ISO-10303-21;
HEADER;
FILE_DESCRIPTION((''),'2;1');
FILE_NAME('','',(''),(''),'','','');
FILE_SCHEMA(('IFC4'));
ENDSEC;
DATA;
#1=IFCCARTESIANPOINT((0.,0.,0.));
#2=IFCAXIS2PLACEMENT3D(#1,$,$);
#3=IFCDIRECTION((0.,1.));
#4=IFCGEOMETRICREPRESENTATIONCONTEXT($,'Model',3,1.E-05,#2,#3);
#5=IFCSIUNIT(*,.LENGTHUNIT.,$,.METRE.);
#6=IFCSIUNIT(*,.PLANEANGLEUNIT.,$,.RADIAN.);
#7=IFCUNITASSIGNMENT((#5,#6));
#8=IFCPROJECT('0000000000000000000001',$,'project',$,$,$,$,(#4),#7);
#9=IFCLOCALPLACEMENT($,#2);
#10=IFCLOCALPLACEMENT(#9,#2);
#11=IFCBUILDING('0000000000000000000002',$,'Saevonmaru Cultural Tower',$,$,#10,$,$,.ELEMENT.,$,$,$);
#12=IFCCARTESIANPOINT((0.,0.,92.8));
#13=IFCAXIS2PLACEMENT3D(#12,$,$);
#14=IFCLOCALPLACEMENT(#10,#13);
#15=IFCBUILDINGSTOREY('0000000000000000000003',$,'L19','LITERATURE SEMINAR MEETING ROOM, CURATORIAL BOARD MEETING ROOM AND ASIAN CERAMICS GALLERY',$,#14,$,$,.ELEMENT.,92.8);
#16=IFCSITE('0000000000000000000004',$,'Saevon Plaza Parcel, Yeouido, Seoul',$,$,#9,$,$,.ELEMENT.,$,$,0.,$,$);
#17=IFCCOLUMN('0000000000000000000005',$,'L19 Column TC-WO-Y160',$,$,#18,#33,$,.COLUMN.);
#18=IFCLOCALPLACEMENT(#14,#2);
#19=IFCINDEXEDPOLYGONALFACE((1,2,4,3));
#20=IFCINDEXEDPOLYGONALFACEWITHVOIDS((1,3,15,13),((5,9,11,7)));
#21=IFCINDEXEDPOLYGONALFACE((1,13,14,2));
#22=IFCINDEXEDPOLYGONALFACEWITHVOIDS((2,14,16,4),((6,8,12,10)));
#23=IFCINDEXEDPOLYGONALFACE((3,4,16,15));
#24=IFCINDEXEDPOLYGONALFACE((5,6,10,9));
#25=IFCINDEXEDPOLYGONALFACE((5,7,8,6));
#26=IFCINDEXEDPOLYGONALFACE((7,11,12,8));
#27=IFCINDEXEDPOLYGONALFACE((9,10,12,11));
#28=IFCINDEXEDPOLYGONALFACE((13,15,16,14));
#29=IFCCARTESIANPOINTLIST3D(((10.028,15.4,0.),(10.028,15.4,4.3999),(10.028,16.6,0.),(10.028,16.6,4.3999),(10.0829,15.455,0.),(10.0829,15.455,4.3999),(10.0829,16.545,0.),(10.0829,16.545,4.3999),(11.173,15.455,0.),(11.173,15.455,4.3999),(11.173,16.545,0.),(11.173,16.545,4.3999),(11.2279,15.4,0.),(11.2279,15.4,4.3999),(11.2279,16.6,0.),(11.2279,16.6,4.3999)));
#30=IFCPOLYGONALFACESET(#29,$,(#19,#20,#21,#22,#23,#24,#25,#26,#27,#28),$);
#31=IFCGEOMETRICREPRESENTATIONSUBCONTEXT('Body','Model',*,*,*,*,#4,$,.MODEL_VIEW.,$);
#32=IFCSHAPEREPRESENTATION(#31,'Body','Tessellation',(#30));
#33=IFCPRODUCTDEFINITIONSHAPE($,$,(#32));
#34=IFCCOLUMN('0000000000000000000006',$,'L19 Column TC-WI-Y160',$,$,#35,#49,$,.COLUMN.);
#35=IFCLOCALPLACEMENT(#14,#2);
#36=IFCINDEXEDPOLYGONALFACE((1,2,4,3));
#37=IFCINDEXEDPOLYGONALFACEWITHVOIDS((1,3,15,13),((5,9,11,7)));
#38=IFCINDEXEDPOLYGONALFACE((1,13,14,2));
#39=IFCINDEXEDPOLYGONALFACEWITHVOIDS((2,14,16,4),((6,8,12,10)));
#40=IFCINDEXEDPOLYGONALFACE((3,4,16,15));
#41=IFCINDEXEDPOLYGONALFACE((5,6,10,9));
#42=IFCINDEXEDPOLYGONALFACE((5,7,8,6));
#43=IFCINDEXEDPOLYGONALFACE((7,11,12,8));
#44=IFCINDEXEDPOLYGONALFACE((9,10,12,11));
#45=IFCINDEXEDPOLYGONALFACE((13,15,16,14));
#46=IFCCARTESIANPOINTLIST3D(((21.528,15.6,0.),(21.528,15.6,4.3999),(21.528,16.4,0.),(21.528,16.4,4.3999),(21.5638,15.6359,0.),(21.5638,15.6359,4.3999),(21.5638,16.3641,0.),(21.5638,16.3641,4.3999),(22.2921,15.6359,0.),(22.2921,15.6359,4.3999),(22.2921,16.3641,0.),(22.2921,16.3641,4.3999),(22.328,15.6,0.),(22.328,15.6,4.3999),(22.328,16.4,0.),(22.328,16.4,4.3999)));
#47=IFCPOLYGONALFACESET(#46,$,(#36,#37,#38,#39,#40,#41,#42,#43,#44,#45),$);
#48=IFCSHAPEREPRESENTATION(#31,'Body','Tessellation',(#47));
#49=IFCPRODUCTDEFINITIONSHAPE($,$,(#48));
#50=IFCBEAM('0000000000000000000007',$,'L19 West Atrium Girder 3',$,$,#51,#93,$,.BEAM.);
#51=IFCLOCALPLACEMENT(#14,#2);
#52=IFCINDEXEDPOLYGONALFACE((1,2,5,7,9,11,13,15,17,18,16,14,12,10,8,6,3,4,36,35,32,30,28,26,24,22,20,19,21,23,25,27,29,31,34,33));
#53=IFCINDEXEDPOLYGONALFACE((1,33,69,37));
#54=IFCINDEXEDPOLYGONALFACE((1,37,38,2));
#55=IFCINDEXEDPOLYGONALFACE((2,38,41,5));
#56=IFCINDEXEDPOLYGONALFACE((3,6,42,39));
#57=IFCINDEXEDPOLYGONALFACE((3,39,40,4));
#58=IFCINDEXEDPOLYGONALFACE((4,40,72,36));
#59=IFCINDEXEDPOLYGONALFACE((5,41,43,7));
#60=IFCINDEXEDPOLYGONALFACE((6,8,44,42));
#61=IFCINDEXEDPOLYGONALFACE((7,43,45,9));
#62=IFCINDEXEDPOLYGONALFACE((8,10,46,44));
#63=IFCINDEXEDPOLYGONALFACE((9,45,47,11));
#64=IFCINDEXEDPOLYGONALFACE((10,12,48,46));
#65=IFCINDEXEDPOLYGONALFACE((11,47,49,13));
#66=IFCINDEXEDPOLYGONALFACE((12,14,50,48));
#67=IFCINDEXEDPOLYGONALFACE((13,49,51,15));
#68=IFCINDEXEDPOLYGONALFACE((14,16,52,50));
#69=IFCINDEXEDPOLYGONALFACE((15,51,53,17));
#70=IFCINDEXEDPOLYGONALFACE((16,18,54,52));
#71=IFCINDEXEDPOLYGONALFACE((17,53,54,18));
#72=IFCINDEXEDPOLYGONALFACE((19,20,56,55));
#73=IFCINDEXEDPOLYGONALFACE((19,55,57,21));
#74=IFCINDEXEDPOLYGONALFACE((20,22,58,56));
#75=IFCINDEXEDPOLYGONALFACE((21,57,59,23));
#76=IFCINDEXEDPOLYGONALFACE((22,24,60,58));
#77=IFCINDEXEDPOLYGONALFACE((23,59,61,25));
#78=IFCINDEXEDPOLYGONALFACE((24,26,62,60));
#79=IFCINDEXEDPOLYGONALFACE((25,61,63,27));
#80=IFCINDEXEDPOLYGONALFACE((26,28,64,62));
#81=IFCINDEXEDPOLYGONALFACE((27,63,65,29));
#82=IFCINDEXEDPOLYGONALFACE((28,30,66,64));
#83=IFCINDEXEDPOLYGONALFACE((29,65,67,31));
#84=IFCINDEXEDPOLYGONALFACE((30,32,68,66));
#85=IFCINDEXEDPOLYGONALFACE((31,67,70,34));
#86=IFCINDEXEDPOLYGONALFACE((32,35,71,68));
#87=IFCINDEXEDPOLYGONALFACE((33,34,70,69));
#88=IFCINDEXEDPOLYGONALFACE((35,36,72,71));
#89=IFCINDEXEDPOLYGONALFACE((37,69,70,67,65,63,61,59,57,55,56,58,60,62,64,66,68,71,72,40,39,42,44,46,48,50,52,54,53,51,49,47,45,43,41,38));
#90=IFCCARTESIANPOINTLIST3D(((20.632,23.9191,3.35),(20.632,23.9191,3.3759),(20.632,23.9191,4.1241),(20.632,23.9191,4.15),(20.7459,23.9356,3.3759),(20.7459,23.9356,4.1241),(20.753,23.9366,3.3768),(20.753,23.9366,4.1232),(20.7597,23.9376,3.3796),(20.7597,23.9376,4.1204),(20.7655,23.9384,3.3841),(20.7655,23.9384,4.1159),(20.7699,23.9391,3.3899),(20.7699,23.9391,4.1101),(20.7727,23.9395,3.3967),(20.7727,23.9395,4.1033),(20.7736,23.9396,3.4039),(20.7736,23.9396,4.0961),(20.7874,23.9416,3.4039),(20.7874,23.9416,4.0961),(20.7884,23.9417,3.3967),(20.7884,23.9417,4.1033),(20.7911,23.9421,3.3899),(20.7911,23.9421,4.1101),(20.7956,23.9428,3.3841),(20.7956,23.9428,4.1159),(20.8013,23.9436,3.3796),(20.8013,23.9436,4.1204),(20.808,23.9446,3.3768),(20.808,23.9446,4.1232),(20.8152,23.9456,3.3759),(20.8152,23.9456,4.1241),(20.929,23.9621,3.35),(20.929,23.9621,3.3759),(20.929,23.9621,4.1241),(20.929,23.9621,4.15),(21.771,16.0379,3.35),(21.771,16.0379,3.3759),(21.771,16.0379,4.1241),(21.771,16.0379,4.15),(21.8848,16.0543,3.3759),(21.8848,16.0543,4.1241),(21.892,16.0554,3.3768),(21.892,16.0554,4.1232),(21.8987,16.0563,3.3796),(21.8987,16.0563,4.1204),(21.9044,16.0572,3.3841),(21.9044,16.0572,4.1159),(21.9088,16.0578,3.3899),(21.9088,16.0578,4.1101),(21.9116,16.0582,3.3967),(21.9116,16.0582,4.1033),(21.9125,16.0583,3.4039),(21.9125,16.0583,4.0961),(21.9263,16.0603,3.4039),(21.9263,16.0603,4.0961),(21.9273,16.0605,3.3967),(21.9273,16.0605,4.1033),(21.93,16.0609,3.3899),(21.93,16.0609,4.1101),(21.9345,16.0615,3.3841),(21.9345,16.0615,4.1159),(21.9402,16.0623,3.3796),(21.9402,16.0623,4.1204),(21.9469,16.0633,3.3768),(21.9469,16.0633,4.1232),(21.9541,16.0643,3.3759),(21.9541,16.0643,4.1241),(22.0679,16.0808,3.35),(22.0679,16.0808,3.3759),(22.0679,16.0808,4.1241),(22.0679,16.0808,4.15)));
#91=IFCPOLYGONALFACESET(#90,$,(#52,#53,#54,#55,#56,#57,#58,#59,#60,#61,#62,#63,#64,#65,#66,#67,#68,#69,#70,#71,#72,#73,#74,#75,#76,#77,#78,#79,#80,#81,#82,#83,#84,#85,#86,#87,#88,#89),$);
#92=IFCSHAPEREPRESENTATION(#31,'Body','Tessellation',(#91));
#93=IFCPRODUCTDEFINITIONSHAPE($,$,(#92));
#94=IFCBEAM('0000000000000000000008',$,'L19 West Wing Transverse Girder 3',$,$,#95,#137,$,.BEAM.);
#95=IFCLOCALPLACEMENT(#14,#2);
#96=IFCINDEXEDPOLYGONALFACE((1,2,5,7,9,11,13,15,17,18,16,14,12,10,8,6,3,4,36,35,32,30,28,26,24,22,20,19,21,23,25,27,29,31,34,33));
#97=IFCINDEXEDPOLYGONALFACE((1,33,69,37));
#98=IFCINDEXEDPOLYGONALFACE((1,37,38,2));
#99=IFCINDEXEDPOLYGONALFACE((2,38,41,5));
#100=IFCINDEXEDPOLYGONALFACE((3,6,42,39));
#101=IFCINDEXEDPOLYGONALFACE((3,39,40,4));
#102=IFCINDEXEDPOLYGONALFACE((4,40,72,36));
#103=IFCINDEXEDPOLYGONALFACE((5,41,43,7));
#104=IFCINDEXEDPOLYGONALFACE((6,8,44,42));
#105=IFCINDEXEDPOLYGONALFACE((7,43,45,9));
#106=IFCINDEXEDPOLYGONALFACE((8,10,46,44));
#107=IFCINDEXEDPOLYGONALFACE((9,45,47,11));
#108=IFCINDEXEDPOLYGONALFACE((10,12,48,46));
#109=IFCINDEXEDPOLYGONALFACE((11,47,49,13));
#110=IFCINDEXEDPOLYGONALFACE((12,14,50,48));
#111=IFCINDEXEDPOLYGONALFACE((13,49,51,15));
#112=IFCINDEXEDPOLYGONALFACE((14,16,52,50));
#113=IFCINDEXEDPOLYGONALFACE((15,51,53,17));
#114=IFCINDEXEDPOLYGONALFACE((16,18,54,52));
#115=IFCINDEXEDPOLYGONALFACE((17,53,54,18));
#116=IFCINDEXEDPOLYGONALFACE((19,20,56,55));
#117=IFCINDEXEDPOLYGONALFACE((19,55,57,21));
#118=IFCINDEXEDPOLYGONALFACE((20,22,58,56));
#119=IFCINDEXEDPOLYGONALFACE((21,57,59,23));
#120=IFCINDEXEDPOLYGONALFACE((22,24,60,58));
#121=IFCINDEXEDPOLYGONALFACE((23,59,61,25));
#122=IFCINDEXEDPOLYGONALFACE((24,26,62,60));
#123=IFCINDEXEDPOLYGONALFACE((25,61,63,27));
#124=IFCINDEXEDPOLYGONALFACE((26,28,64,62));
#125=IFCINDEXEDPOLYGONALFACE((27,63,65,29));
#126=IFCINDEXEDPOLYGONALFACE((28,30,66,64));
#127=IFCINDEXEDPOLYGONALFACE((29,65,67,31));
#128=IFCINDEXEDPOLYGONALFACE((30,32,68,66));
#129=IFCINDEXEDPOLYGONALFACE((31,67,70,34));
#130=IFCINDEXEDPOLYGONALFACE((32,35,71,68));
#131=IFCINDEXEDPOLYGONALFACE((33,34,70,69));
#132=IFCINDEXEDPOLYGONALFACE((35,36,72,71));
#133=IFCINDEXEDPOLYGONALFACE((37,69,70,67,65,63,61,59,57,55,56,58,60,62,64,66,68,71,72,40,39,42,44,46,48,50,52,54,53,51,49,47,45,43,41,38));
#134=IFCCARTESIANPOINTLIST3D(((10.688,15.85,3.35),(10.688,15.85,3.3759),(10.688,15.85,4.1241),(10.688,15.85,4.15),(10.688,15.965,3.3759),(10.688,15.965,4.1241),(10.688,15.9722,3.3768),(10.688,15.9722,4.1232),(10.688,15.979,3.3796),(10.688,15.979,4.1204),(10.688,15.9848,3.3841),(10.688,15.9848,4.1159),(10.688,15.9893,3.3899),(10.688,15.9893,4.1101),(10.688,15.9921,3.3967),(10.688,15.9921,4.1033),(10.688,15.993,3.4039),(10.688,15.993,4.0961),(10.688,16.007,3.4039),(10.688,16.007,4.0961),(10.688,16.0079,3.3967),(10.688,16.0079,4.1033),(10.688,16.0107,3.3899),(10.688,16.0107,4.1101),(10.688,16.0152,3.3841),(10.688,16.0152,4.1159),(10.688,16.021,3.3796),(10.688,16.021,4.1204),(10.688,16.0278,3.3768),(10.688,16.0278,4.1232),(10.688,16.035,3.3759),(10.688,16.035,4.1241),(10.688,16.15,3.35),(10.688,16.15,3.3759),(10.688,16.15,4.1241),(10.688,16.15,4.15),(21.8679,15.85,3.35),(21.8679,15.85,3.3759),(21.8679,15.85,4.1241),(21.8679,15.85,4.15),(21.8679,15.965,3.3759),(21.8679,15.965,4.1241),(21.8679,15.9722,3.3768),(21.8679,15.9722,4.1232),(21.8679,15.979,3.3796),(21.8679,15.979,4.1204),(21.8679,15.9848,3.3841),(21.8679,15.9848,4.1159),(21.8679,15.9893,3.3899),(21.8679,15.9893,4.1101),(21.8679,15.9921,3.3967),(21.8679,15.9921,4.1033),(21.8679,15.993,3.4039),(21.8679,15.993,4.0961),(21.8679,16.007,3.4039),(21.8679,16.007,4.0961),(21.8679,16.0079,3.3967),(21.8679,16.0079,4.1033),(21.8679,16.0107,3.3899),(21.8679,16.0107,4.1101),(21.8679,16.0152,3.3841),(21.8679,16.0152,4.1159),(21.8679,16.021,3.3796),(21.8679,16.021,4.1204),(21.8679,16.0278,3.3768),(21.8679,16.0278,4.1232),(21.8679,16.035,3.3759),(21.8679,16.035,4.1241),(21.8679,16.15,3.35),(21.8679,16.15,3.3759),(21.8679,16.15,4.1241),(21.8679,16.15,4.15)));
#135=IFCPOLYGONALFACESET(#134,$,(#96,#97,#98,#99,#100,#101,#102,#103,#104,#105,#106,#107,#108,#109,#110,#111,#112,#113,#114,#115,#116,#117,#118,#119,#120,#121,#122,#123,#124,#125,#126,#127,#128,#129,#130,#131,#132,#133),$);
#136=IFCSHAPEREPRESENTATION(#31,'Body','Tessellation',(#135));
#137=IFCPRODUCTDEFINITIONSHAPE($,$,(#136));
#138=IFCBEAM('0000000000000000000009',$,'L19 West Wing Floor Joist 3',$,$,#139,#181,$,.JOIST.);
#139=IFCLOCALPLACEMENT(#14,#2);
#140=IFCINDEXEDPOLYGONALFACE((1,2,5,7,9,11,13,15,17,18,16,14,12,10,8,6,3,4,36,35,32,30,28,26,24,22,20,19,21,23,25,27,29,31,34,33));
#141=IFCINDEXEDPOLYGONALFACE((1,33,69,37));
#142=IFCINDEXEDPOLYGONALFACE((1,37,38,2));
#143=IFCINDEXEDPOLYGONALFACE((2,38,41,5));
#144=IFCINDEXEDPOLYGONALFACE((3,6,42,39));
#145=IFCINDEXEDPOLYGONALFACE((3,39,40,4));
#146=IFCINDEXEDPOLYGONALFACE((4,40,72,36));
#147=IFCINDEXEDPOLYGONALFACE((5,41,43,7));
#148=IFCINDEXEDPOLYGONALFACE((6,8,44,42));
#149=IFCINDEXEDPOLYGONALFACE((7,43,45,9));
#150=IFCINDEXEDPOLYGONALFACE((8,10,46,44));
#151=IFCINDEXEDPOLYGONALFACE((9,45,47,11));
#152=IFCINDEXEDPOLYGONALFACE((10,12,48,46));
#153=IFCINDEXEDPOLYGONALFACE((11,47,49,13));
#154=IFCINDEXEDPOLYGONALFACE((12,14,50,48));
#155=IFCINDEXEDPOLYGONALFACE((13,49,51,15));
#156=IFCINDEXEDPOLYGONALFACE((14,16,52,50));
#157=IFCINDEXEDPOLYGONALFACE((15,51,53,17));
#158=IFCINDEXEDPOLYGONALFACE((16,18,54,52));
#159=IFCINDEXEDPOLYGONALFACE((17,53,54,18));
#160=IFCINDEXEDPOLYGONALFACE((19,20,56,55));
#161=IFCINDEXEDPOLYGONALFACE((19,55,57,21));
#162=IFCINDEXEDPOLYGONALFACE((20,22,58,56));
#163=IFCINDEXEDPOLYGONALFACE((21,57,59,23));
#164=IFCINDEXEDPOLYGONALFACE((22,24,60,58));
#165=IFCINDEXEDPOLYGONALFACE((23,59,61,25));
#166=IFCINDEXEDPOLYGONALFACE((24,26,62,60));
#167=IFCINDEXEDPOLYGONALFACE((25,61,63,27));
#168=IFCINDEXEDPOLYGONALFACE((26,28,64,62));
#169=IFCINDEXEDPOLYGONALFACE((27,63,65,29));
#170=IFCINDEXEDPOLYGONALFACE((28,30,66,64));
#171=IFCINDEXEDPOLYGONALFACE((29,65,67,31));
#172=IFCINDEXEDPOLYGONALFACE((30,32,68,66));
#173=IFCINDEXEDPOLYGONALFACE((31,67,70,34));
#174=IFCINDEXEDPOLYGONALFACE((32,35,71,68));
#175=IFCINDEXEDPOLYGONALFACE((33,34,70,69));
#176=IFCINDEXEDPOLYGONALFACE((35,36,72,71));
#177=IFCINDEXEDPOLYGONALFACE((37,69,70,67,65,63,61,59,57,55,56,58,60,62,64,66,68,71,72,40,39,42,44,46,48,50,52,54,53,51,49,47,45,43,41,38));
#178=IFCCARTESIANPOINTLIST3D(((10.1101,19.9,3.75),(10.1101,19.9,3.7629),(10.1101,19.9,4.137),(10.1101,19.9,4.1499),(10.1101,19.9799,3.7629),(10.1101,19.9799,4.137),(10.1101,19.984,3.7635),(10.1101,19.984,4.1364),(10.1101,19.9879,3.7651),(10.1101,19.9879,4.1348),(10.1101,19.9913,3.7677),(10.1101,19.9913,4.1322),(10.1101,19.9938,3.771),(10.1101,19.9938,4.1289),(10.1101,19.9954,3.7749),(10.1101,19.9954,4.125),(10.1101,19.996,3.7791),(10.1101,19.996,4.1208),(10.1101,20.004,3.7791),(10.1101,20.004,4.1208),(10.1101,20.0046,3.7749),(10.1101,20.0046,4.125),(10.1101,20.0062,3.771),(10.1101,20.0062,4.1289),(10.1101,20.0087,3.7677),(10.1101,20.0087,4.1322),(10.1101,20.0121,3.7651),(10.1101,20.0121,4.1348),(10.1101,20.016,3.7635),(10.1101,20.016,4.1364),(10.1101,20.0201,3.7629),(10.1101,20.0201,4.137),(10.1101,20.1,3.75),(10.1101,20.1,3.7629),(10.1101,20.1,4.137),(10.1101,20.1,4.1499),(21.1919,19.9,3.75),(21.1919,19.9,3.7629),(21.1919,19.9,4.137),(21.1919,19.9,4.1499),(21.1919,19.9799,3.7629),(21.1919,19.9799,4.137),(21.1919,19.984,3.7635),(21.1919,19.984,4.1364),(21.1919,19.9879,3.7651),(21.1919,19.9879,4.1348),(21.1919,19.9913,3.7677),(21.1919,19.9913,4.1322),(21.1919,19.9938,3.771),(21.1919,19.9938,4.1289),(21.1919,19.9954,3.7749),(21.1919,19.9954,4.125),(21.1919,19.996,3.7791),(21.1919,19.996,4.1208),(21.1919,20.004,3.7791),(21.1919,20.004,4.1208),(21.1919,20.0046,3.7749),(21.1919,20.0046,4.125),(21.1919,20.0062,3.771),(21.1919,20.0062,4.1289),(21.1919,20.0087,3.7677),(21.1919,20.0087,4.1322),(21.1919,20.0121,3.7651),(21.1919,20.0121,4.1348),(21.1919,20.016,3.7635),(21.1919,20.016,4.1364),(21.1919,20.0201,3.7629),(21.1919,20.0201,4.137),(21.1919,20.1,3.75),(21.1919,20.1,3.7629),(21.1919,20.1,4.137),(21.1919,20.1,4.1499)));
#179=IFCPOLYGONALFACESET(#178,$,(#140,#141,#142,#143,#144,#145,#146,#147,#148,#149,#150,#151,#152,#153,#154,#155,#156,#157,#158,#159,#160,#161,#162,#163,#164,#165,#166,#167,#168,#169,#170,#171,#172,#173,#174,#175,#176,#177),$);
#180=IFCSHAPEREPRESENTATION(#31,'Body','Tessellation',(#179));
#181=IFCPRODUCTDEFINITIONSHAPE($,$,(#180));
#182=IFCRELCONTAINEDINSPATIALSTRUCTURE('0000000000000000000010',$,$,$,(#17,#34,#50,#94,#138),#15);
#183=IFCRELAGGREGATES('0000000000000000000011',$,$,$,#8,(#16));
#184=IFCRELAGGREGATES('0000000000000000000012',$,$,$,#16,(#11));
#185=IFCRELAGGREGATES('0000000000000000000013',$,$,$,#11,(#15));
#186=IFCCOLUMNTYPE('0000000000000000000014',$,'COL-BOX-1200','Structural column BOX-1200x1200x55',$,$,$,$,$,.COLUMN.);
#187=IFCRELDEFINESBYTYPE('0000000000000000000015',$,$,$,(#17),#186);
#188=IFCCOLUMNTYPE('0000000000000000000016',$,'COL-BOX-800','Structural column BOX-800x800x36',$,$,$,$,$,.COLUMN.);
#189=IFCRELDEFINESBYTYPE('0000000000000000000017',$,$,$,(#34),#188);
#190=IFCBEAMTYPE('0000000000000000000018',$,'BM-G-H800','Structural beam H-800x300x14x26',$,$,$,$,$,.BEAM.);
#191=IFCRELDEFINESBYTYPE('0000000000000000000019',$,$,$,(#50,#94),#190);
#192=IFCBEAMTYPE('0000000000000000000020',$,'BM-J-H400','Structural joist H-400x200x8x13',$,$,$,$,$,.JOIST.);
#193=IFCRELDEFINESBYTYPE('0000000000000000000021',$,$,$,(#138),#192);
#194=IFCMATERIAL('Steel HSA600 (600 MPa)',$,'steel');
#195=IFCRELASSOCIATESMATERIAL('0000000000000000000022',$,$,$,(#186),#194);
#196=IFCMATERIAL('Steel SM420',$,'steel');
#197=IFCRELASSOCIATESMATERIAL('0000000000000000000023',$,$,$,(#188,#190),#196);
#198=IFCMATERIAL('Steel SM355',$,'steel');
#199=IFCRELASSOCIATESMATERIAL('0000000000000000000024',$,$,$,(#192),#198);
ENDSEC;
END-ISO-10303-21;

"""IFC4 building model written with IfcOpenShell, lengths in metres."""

from ifc_helpers import new_model, si_unit, direction, frame, origin, origin_2d, place, context, subcontext, project, spatial, hollow_rectangle, i_section, extrude, material, material_profile, profile_set, type_object, element, save


model = new_model("IFC4")

# Units and contexts
model_context = context("Model", 3, precision=1e-05, world=origin(), true_north=direction((0.0, 1.0)))
body_context = subcontext(model_context, "Body", "Model", "MODEL_VIEW")
ifc_project = project(units=[si_unit("LENGTHUNIT", "METRE"), si_unit("PLANEANGLEUNIT", "RADIAN")], contexts=[model_context])

# Site, building, storey
site_placement = place(None, origin())
site = spatial("IfcSite", under=ifc_project, at=site_placement, Name="Saevon Plaza Parcel, Yeouido, Seoul", CompositionType="ELEMENT", RefElevation=0.0)
building_placement = place(site_placement, origin())
building = spatial("IfcBuilding", under=site, at=building_placement, Name="Saevonmaru Cultural Tower", CompositionType="ELEMENT")
storey_placement = place(building_placement, frame((0.0, 0.0, 92.8)))
storey = spatial("IfcBuildingStorey", under=building, at=storey_placement, Name="L19", Description="LITERATURE SEMINAR MEETING ROOM, CURATORIAL BOARD MEETING ROOM AND ASIAN CERAMICS GALLERY", CompositionType="ELEMENT", Elevation=92.8)

# Columns
ifc_material_1 = material(Name="Steel HSA600 (600 MPa)", Category="steel")
ifc_material_profile_1 = material_profile(ifc_material_1, hollow_rectangle(XDim=1.2, YDim=1.2, WallThickness=0.0549, at=origin_2d()), Name="BOX-1200x1200x55")
ifc_profile_set_1 = profile_set([ifc_material_profile_1], Name="Steel HSA600 (600 MPa)")
column_type_1 = type_object("IfcColumnType", Name="COL-BOX-1200", Description="Structural column BOX-1200x1200x55", PredefinedType="COLUMN", material=ifc_profile_set_1)
column_1_placement = place(storey_placement, frame((10.6279, 16.0, 0.0), z_axis=(0.0, 0.0, 1.0), x_axis=(1.0, 0.0, 0.0)))
element("IfcColumn", 1, at=column_1_placement, inside=storey, type_object=column_type_1, Name="L19 Column TC-WO-Y160", PredefinedType="COLUMN", context=body_context, shape_type="SweptSolid", body=[
    extrude(hollow_rectangle(XDim=1.2, YDim=1.2, WallThickness=0.0549, at=origin_2d()), origin(), (0.0, 0.0, 1.0), 4.3999),
])
ifc_material_2 = material(Name="Steel SM420", Category="steel")
ifc_material_profile_2 = material_profile(ifc_material_2, hollow_rectangle(XDim=0.8, YDim=0.8, WallThickness=0.0359, at=origin_2d()), Name="BOX-800x800x36")
ifc_profile_set_2 = profile_set([ifc_material_profile_2], Name="Steel SM420")
column_type_2 = type_object("IfcColumnType", Name="COL-BOX-800", Description="Structural column BOX-800x800x36", PredefinedType="COLUMN", material=ifc_profile_set_2)
column_2_placement = place(storey_placement, frame((21.928, 16.0, 0.0), z_axis=(0.0, 0.0, 1.0), x_axis=(1.0, 0.0, 0.0)))
element("IfcColumn", 2, at=column_2_placement, inside=storey, type_object=column_type_2, Name="L19 Column TC-WI-Y160", PredefinedType="COLUMN", context=body_context, shape_type="SweptSolid", body=[
    extrude(hollow_rectangle(XDim=0.8, YDim=0.8, WallThickness=0.0359, at=origin_2d()), origin(), (0.0, 0.0, 1.0), 4.3999),
])

# Beams
ifc_material_profile_3 = material_profile(ifc_material_2, i_section(OverallWidth=0.3, OverallDepth=0.8, WebThickness=0.0139, FlangeThickness=0.0259, FilletRadius=0.0281, at=origin_2d()), Name="H-800x300x14x26")
ifc_profile_set_3 = profile_set([ifc_material_profile_3], Name="Steel SM420")
beam_type_1 = type_object("IfcBeamType", Name="BM-G-H800", Description="Structural beam H-800x300x14x26", PredefinedType="BEAM", material=ifc_profile_set_3)
beam_1_placement = place(storey_placement, frame((21.9194, 16.0593, 3.75), z_axis=(-0.143022, 0.989719, 0.0), x_axis=(-0.989719, -0.143022, 0.0)))
element("IfcBeam", 3, at=beam_1_placement, inside=storey, type_object=beam_type_1, Name="L19 West Atrium Girder 3", PredefinedType="BEAM", context=body_context, shape_type="SweptSolid", body=[
    extrude(i_section(OverallWidth=0.3, OverallDepth=0.8, WebThickness=0.0139, FlangeThickness=0.0259, FilletRadius=0.0281, at=origin_2d()), origin(), (0.0, 0.0, 1.0), 7.9631),
])
beam_2_placement = place(storey_placement, frame((10.688, 16.0, 3.75), z_axis=(1.0, 0.0, 0.0), x_axis=(0.0, 1.0, 0.0)))
element("IfcBeam", 4, at=beam_2_placement, inside=storey, type_object=beam_type_1, Name="L19 West Wing Transverse Girder 3", PredefinedType="BEAM", context=body_context, shape_type="SweptSolid", body=[
    extrude(i_section(OverallWidth=0.3, OverallDepth=0.8, WebThickness=0.0139, FlangeThickness=0.0259, FilletRadius=0.0281, at=origin_2d()), origin(), (0.0, 0.0, 1.0), 11.1799),
])
ifc_material_3 = material(Name="Steel SM355", Category="steel")
ifc_material_profile_4 = material_profile(ifc_material_3, i_section(OverallWidth=0.2, OverallDepth=0.3999, WebThickness=0.0081, FlangeThickness=0.0129, FilletRadius=0.0161, at=origin_2d()), Name="H-400x200x8x13")
ifc_profile_set_4 = profile_set([ifc_material_profile_4], Name="Steel SM355")
beam_type_2 = type_object("IfcBeamType", Name="BM-J-H400", Description="Structural joist H-400x200x8x13", PredefinedType="JOIST", material=ifc_profile_set_4)
beam_3_placement = place(storey_placement, frame((10.1101, 20.0, 3.95), z_axis=(1.0, 0.0, 0.0), x_axis=(0.0, 1.0, 0.0)))
element("IfcBeam", 5, at=beam_3_placement, inside=storey, type_object=beam_type_2, Name="L19 West Wing Floor Joist 3", PredefinedType="JOIST", context=body_context, shape_type="SweptSolid", body=[
    extrude(i_section(OverallWidth=0.2, OverallDepth=0.3999, WebThickness=0.0081, FlangeThickness=0.0129, FilletRadius=0.0161, at=origin_2d()), origin(), (0.0, 0.0, 1.0), 11.0818),
])

save(model, "model.ifc")
